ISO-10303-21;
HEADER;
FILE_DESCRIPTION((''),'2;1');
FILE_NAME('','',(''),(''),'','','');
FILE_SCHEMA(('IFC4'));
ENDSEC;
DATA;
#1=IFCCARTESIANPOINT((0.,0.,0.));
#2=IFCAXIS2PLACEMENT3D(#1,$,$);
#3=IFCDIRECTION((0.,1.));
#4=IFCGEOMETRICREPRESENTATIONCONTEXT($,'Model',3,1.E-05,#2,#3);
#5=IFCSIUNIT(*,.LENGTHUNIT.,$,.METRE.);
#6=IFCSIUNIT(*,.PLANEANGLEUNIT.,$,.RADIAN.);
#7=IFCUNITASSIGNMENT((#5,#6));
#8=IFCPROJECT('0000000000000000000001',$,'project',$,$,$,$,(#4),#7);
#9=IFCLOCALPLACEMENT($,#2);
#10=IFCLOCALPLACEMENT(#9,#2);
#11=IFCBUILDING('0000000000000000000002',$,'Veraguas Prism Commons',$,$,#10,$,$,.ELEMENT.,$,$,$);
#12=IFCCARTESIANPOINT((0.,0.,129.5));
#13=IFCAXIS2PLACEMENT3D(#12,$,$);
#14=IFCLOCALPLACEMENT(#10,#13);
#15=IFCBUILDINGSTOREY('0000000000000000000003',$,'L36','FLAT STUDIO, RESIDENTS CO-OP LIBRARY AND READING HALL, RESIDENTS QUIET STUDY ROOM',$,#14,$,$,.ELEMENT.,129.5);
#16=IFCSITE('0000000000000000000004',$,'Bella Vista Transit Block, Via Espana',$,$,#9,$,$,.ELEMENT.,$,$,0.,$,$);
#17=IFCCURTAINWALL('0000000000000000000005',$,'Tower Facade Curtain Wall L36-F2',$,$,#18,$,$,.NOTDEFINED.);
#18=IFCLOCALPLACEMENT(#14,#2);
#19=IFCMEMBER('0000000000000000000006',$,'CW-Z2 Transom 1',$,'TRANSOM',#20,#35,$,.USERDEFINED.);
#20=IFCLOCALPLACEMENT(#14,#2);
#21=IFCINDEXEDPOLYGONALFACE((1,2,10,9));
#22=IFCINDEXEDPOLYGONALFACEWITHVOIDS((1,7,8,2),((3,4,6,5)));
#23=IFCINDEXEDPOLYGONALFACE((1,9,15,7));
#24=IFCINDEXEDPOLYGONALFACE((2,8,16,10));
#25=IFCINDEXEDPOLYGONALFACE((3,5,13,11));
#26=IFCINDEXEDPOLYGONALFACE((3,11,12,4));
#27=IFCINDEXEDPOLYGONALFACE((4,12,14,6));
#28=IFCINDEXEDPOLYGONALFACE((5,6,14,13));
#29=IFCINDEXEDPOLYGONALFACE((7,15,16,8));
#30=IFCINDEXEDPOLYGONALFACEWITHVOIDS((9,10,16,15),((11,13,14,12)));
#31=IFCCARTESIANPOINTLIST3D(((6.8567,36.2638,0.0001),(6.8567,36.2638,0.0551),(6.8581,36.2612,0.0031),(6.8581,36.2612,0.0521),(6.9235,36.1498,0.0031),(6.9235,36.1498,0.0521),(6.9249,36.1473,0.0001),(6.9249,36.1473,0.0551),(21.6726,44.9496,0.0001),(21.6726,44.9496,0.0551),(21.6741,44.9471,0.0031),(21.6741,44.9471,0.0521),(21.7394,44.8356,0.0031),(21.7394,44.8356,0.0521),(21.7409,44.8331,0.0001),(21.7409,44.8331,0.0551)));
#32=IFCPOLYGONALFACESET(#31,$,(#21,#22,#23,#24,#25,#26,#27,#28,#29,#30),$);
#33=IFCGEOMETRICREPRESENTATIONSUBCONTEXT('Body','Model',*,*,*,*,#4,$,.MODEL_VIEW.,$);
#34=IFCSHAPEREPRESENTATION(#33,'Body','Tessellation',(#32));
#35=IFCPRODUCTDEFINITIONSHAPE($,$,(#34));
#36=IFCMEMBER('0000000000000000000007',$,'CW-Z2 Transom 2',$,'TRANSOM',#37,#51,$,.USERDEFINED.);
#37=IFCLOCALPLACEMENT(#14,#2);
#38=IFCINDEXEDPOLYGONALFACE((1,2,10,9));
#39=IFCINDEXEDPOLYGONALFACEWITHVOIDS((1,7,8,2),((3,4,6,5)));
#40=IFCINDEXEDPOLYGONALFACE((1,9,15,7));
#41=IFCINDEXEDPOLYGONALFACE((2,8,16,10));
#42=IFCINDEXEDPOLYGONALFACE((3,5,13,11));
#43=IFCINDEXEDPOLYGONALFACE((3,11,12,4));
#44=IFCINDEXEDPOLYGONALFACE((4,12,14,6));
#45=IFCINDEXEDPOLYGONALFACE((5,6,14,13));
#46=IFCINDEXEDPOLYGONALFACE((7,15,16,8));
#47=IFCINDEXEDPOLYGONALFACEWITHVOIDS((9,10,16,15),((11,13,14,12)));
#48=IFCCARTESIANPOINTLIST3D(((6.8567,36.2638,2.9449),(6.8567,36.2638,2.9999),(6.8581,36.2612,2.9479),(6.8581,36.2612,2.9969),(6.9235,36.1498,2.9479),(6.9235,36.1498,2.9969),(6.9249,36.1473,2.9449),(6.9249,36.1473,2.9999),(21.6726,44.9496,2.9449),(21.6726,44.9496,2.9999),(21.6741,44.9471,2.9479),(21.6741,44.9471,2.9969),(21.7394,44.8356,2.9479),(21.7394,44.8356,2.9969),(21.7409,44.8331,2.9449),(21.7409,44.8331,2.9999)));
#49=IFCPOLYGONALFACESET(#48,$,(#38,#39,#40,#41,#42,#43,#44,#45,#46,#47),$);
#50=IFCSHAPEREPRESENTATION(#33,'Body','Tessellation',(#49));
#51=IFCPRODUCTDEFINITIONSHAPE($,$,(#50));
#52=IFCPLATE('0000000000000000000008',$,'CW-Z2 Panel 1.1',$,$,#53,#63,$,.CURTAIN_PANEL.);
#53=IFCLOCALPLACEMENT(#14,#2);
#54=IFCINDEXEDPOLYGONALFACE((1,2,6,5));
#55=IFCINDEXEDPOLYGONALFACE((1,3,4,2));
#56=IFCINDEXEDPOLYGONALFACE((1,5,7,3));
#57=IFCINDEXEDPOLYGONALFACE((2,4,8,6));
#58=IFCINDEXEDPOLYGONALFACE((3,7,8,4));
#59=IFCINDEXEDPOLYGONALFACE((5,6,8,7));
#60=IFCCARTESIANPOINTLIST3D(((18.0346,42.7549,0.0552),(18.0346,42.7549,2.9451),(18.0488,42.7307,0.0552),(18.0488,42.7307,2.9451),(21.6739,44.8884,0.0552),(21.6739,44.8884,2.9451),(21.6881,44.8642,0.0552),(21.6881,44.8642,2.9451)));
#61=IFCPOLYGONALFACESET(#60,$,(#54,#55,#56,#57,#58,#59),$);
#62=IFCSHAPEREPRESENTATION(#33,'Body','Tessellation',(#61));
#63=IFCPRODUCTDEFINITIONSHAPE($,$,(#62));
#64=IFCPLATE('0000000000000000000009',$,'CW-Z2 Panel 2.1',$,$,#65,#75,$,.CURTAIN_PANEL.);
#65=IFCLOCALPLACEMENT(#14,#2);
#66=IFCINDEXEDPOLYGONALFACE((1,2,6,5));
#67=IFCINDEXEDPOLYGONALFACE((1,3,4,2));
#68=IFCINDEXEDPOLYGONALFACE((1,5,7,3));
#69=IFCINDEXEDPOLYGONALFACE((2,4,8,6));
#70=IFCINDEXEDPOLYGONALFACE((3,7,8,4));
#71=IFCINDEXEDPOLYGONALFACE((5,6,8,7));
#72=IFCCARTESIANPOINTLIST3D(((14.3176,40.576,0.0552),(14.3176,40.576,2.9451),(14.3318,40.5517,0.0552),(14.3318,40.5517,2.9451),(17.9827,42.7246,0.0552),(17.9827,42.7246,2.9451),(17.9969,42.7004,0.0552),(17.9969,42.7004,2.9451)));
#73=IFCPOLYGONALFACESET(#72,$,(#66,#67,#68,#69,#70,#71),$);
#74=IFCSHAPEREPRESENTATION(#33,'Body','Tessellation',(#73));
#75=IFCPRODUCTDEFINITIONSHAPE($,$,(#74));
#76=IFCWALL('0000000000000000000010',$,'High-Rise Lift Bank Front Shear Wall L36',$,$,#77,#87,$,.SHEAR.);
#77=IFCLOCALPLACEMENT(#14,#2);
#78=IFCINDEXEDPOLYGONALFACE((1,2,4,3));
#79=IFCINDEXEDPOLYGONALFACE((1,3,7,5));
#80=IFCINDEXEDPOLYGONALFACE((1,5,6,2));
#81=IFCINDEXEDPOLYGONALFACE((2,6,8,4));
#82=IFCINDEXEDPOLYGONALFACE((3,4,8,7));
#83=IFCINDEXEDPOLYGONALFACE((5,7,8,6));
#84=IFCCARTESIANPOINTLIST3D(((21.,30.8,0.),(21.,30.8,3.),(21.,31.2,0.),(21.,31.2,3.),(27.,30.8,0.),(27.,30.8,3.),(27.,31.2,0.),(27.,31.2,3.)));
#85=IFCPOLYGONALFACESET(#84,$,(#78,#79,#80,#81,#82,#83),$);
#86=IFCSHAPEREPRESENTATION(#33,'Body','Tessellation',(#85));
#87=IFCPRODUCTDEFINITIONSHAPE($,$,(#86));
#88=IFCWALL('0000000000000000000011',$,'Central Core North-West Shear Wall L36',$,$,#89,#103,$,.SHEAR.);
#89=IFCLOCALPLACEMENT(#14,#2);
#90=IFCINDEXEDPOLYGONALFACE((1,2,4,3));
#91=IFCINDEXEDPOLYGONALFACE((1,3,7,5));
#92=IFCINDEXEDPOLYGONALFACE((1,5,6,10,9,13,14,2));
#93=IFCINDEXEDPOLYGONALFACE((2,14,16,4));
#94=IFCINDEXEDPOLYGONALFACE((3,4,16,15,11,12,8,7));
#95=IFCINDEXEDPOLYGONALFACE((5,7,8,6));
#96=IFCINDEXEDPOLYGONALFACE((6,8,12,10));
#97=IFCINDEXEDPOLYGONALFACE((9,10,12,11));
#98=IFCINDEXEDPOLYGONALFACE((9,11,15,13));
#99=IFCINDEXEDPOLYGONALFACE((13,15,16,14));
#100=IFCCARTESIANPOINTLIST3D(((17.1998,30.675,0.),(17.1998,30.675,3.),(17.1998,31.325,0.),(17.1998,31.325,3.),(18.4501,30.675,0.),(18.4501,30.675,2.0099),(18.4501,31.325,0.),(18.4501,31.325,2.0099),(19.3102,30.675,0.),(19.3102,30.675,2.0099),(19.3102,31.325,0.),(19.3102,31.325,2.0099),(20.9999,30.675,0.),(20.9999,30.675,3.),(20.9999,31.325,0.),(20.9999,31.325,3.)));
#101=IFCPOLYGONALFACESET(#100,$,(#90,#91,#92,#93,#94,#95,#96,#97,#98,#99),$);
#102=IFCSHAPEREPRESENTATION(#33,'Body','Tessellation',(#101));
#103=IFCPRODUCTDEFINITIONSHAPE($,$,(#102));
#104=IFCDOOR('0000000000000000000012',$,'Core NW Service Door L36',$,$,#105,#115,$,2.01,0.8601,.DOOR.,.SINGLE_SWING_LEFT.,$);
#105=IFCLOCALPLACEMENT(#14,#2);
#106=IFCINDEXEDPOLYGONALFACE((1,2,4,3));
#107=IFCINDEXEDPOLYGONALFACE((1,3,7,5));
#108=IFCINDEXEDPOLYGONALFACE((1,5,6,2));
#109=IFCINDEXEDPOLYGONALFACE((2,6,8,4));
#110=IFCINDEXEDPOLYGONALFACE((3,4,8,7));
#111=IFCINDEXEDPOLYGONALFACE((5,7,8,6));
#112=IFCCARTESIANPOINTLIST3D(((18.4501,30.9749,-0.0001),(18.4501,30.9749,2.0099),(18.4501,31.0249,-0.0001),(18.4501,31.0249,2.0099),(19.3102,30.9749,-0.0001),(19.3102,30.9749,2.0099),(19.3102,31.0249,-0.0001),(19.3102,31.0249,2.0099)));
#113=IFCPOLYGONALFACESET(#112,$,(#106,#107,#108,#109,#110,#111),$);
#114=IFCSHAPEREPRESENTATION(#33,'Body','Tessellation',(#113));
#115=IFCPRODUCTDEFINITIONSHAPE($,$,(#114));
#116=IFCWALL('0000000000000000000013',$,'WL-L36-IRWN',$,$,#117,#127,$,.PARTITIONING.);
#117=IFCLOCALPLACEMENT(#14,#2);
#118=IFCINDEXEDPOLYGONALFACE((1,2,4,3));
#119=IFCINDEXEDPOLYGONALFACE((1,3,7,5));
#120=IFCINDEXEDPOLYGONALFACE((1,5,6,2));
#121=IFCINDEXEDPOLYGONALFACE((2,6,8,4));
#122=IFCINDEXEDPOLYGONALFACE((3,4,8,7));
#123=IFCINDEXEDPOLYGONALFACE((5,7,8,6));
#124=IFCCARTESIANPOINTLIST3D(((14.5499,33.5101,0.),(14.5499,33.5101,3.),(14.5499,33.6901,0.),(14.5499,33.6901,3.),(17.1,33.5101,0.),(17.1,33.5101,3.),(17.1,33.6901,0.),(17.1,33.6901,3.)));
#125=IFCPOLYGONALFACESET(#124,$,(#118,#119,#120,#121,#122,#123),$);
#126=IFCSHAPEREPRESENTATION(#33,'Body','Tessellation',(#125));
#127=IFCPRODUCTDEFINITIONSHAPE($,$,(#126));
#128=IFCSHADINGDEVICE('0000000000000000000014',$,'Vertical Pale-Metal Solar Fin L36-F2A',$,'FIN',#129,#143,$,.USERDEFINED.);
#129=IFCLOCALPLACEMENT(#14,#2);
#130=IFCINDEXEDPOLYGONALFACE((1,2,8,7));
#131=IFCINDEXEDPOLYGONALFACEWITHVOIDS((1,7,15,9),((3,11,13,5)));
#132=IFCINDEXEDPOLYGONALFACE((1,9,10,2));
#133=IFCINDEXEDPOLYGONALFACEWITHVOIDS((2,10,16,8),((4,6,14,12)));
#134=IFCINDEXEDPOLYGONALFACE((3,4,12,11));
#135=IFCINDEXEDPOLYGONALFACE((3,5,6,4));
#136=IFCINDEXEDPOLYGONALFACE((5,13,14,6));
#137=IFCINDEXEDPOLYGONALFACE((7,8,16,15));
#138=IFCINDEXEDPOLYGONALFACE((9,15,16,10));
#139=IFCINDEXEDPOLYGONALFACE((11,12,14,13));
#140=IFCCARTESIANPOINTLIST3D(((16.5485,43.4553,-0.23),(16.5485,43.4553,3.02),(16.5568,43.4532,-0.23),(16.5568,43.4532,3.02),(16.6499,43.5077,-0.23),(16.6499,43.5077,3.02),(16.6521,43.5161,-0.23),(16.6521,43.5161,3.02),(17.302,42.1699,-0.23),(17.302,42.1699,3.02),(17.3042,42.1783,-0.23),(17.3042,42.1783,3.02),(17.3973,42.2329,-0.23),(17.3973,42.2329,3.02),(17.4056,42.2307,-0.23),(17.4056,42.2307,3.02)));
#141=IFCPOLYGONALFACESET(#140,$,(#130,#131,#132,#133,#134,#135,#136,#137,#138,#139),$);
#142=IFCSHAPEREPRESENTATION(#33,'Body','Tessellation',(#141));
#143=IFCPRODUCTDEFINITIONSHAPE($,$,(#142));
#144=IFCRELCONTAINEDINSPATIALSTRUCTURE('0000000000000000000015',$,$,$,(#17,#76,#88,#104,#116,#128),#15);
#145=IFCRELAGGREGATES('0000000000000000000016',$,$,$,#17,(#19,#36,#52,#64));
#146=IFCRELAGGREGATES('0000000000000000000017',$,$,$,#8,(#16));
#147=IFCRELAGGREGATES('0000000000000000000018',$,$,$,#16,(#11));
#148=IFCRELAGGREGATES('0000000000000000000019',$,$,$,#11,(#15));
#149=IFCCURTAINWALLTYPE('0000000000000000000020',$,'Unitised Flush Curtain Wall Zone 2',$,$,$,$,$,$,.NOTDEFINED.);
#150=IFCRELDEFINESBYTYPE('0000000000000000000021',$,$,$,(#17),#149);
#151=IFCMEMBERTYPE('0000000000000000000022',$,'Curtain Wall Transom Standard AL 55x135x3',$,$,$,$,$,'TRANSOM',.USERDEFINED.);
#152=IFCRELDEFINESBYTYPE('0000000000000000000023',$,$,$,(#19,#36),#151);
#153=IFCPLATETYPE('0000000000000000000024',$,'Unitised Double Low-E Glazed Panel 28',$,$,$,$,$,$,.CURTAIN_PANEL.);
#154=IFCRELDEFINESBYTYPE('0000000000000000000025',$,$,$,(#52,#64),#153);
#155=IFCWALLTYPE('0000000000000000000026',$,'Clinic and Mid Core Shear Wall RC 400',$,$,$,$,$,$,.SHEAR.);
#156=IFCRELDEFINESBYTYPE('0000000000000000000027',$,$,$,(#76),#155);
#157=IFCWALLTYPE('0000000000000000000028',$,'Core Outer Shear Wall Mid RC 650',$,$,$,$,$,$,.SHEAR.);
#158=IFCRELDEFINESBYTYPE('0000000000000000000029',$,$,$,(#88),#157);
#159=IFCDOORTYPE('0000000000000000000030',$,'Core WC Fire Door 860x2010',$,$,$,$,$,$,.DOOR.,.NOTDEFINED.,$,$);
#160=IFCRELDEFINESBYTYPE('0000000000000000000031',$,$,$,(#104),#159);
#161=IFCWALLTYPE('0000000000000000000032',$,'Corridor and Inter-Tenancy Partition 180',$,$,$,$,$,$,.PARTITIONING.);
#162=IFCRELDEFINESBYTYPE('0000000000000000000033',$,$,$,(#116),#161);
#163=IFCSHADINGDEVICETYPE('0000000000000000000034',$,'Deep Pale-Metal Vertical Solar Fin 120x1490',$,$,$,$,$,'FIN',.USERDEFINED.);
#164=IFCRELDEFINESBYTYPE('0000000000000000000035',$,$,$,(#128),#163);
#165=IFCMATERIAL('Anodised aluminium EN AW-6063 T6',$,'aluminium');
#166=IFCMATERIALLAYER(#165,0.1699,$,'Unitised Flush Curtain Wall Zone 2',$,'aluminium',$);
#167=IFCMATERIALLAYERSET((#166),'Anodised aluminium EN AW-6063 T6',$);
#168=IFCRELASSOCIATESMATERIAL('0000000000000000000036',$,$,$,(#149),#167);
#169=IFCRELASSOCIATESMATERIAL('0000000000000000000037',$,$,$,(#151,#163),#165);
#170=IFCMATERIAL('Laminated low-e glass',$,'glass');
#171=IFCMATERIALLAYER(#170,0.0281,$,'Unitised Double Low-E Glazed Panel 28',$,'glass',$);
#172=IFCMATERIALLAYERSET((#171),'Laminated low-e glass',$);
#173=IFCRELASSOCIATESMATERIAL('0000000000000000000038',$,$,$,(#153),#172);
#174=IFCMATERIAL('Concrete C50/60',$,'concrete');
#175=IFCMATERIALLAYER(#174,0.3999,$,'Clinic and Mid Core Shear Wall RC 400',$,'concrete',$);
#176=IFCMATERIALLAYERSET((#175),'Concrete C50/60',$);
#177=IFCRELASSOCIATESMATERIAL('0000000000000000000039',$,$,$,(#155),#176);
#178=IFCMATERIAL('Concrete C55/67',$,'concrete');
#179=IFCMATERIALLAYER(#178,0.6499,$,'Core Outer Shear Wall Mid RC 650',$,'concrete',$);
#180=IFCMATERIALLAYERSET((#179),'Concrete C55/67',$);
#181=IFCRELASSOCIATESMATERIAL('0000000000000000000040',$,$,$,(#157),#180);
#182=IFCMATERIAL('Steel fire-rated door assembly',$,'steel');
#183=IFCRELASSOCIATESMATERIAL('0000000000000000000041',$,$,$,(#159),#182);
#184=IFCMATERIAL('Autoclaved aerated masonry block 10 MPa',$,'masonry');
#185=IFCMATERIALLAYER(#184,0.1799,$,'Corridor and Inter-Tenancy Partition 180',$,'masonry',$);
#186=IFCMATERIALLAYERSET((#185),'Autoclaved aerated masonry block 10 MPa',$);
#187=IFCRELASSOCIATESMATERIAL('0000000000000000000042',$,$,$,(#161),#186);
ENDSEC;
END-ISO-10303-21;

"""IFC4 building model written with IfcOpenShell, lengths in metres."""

from ifc_helpers import new_model, si_unit, direction, frame, frame_2d, origin, origin_2d, place, context, subcontext, project, spatial, rectangle, hollow_rectangle, extrude, source, transform, mapped, material, layer, layer_set, material_profile, profile_set, type_object, element, fill, aggregate, save


model = new_model("IFC4")

# Units and contexts
model_context = context("Model", 3, precision=1e-05, world=origin(), true_north=direction((0.0, 1.0)))
body_context = subcontext(model_context, "Body", "Model", "MODEL_VIEW")
ifc_project = project(units=[si_unit("LENGTHUNIT", "METRE"), si_unit("PLANEANGLEUNIT", "RADIAN")], contexts=[model_context])

# Site, building, storey
site_placement = place(None, origin())
site = spatial("IfcSite", under=ifc_project, at=site_placement, Name="Bella Vista Transit Block, Via Espana", CompositionType="ELEMENT", RefElevation=0.0)
building_placement = place(site_placement, origin())
building = spatial("IfcBuilding", under=site, at=building_placement, Name="Veraguas Prism Commons", CompositionType="ELEMENT")
storey_placement = place(building_placement, frame((0.0, 0.0, 129.5)))
storey = spatial("IfcBuildingStorey", under=building, at=storey_placement, Name="L36", Description="FLAT STUDIO, RESIDENTS CO-OP LIBRARY AND READING HALL, RESIDENTS QUIET STUDY ROOM", CompositionType="ELEMENT", Elevation=129.5)

# Shared definitions
ifc_material_1 = material(Name="Concrete C50/60", Category="concrete")

# Curtain wall
ifc_material_2 = material(Name="Anodised aluminium EN AW-6063 T6", Category="aluminium")
ifc_layer_1 = layer(ifc_material_2, 0.1699, Name="Unitised Flush Curtain Wall Zone 2", Category="aluminium")
ifc_layer_set_1 = layer_set([ifc_layer_1], Name="Anodised aluminium EN AW-6063 T6")
curtain_wall_type = type_object("IfcCurtainWallType", Name="Unitised Flush Curtain Wall Zone 2", PredefinedType="NOTDEFINED", material=ifc_layer_set_1)
curtain_wall_1_placement = place(storey_placement, origin())
curtain_wall_1 = element("IfcCurtainWall", 1, at=curtain_wall_1_placement, inside=storey, type_object=curtain_wall_type, Name="Tower Facade Curtain Wall L36-F2", PredefinedType="NOTDEFINED")

# Members
ifc_material_profile_1 = material_profile(ifc_material_2, hollow_rectangle(XDim=0.0549, YDim=0.135, WallThickness=0.0029, at=origin_2d()), Name="AL55X135X3")
ifc_profile_set_1 = profile_set([ifc_material_profile_1], Name="Anodised aluminium EN AW-6063 T6")
member_type_1 = type_object("IfcMemberType", Name="Curtain Wall Transom Standard AL 55x135x3", ElementType="TRANSOM", PredefinedType="USERDEFINED", material=ifc_profile_set_1)
shared_shape_1 = source(origin(), body_context, "Body", "SweptSolid", [
    extrude(hollow_rectangle(XDim=0.0549, YDim=0.135, WallThickness=0.0029, at=origin_2d()), origin(), (0.0, 0.0, 1.0), 17.1743),
])
member_1_placement = place(storey_placement, frame((21.7068, 44.8914, 0.0276), z_axis=(-0.862683, -0.505745, 0.0), x_axis=(0.0, 0.0, 1.0)))
member_1 = element("IfcMember", 2, at=member_1_placement, type_object=member_type_1, Name="CW-Z2 Transom 1", ObjectType="TRANSOM", PredefinedType="USERDEFINED", context=body_context, shape_type="MappedRepresentation", body=[
    mapped(shared_shape_1, transform((0.0, 0.0, 0.0), scale=1.0)),
])
member_2_placement = place(storey_placement, frame((21.7068, 44.8914, 2.9724), z_axis=(-0.862683, -0.505745, 0.0), x_axis=(0.0, 0.0, 1.0)))
member_2 = element("IfcMember", 3, at=member_2_placement, type_object=member_type_1, Name="CW-Z2 Transom 2", ObjectType="TRANSOM", PredefinedType="USERDEFINED", context=body_context, shape_type="MappedRepresentation", body=[
    mapped(shared_shape_1, transform((0.0, 0.0, 0.0), scale=1.0)),
])

# Plates
ifc_material_3 = material(Name="Laminated low-e glass", Category="glass")
ifc_layer_2 = layer(ifc_material_3, 0.0281, Name="Unitised Double Low-E Glazed Panel 28", Category="glass")
ifc_layer_set_2 = layer_set([ifc_layer_2], Name="Laminated low-e glass")
plate_type = type_object("IfcPlateType", Name="Unitised Double Low-E Glazed Panel 28", PredefinedType="CURTAIN_PANEL", material=ifc_layer_set_2)
shared_shape_2 = source(origin(), body_context, "Body", "SweptSolid", [
    extrude(rectangle(XDim=4.2185, YDim=0.0281, at=origin_2d()), origin(), (0.0, 0.0, 1.0), 2.8899),
])
plate_1_placement = place(storey_placement, frame((19.8613, 43.8096, 0.0552), z_axis=(0.0, 0.0, 1.0), x_axis=(-0.862686, -0.50574, 0.0)))
plate_1 = element("IfcPlate", 4, at=plate_1_placement, type_object=plate_type, Name="CW-Z2 Panel 1.1", PredefinedType="CURTAIN_PANEL", context=body_context, shape_type="MappedRepresentation", body=[
    mapped(shared_shape_2, transform((0.0, 0.0, 0.0), scale=1.0)),
])
shared_shape_3 = source(origin(), body_context, "Body", "SweptSolid", [
    extrude(rectangle(XDim=4.2485, YDim=0.0281, at=origin_2d()), origin(), (0.0, 0.0, 1.0), 2.8899),
])
plate_2_placement = place(storey_placement, frame((16.1572, 41.6382, 0.0552), z_axis=(0.0, 0.0, 1.0), x_axis=(-0.862686, -0.50574, 0.0)))
plate_2 = element("IfcPlate", 5, at=plate_2_placement, type_object=plate_type, Name="CW-Z2 Panel 2.1", PredefinedType="CURTAIN_PANEL", context=body_context, shape_type="MappedRepresentation", body=[
    mapped(shared_shape_3, transform((0.0, 0.0, 0.0), scale=1.0)),
])
aggregate(curtain_wall_1, [member_1, member_2, plate_1, plate_2])

# Wall
ifc_layer_3 = layer(ifc_material_1, 0.3999, Name="Clinic and Mid Core Shear Wall RC 400", Category="concrete")
ifc_layer_set_3 = layer_set([ifc_layer_3], Name="Concrete C50/60")
wall_type_1 = type_object("IfcWallType", Name="Clinic and Mid Core Shear Wall RC 400", PredefinedType="SHEAR", material=ifc_layer_set_3)
wall_1_placement = place(storey_placement, frame((21.0, 31.0, 0.0), z_axis=(0.0, 0.0, 1.0), x_axis=(1.0, 0.0, 0.0)))
element("IfcWall", 6, at=wall_1_placement, inside=storey, type_object=wall_type_1, Name="High-Rise Lift Bank Front Shear Wall L36", PredefinedType="SHEAR", context=body_context, shape_type="SweptSolid", body=[
    extrude(rectangle(XDim=6.0, YDim=0.3999, at=frame_2d((3.0, 0.0))), origin(), (0.0, 0.0, 1.0), 3.0),
])

# Wall, opening, door
ifc_material_4 = material(Name="Concrete C55/67", Category="concrete")
ifc_layer_4 = layer(ifc_material_4, 0.6499, Name="Core Outer Shear Wall Mid RC 650", Category="concrete")
ifc_layer_set_4 = layer_set([ifc_layer_4], Name="Concrete C55/67")
wall_type_2 = type_object("IfcWallType", Name="Core Outer Shear Wall Mid RC 650", PredefinedType="SHEAR", material=ifc_layer_set_4)
wall_2_placement = place(storey_placement, frame((17.2, 31.0, 0.0), z_axis=(0.0, 0.0, 1.0), x_axis=(1.0, 0.0, 0.0)))
wall_2 = element("IfcWall", 7, at=wall_2_placement, inside=storey, type_object=wall_type_2, Name="Central Core North-West Shear Wall L36", PredefinedType="SHEAR", context=body_context, shape_type="SweptSolid", body=[
    extrude(rectangle(XDim=3.8, YDim=0.6499, at=frame_2d((1.8999, 0.0))), origin(), (0.0, 0.0, 1.0), 3.0),
])
opening_placement = place(wall_2_placement, frame((1.25, 0.0, 0.0)))
opening = element("IfcOpeningElement", 8, at=opening_placement, cuts=wall_2, PredefinedType="OPENING", context=body_context, shape_type="SweptSolid", body=[
    extrude(rectangle(XDim=0.8601, YDim=2.01, at=frame_2d((0.4302, 1.0049))), frame((0.0, 0.335, 0.0), z_axis=(0.0, -1.0, 0.0), x_axis=(1.0, 0.0, 0.0)), (0.0, 0.0, 1.0), 0.6699),
])
ifc_material_5 = material(Name="Steel fire-rated door assembly", Category="steel")
door_type = type_object("IfcDoorType", Name="Core WC Fire Door 860x2010", OperationType="NOTDEFINED", PredefinedType="DOOR", material=ifc_material_5)
shared_shape_4 = source(origin(), body_context, "Body", "SweptSolid", [
    extrude(rectangle(XDim=0.8601, YDim=2.01, at=frame_2d((0.4302, 1.0049))), frame((0.0, 0.0249, 0.0), z_axis=(0.0, -1.0, 0.0), x_axis=(1.0, 0.0, 0.0)), (0.0, 0.0, 1.0), 0.05),
])
door_placement = place(opening_placement, origin())
door = element("IfcDoor", 9, at=door_placement, inside=storey, type_object=door_type, Name="Core NW Service Door L36", OperationType="SINGLE_SWING_LEFT", OverallHeight=2.01, OverallWidth=0.8601, PredefinedType="DOOR", context=body_context, shape_type="MappedRepresentation", body=[
    mapped(shared_shape_4, transform((0.0, 0.0, 0.0), scale=1.0)),
])
fill(opening, door)

# Wall
ifc_material_6 = material(Name="Autoclaved aerated masonry block 10 MPa", Category="masonry")
ifc_layer_5 = layer(ifc_material_6, 0.1799, Name="Corridor and Inter-Tenancy Partition 180", Category="masonry")
ifc_layer_set_5 = layer_set([ifc_layer_5], Name="Autoclaved aerated masonry block 10 MPa")
wall_type_3 = type_object("IfcWallType", Name="Corridor and Inter-Tenancy Partition 180", PredefinedType="PARTITIONING", material=ifc_layer_set_5)
wall_3_placement = place(storey_placement, frame((14.55, 33.6001, 0.0), z_axis=(0.0, 0.0, 1.0), x_axis=(1.0, 0.0, 0.0)))
element("IfcWall", 10, at=wall_3_placement, inside=storey, type_object=wall_type_3, Name="WL-L36-IRWN", PredefinedType="PARTITIONING", context=body_context, shape_type="SweptSolid", body=[
    extrude(rectangle(XDim=2.55, YDim=0.1799, at=frame_2d((1.2749, 0.0))), origin(), (0.0, 0.0, 1.0), 3.0),
])

# Shading device
ifc_material_profile_2 = material_profile(ifc_material_2, hollow_rectangle(XDim=0.1201, YDim=1.49, WallThickness=0.0061, at=origin_2d()), Name="FIN120X1490X6")
ifc_profile_set_2 = profile_set([ifc_material_profile_2], Name="Anodised aluminium EN AW-6063 T6")
shading_device_type = type_object("IfcShadingDeviceType", Name="Deep Pale-Metal Vertical Solar Fin 120x1490", ElementType="FIN", PredefinedType="USERDEFINED", material=ifc_profile_set_2)
shading_device_placement = place(storey_placement, frame((16.9771, 42.843, -0.23), z_axis=(0.0, 0.0, 1.0), x_axis=(-0.862688, -0.505736, 0.0)))
element("IfcShadingDevice", 11, at=shading_device_placement, inside=storey, type_object=shading_device_type, Name="Vertical Pale-Metal Solar Fin L36-F2A", ObjectType="FIN", PredefinedType="USERDEFINED", context=body_context, shape_type="SweptSolid", body=[
    extrude(hollow_rectangle(XDim=0.1201, YDim=1.49, WallThickness=0.0061, at=origin_2d()), origin(), (0.0, 0.0, 1.0), 3.25),
])

save(model, "model.ifc")
